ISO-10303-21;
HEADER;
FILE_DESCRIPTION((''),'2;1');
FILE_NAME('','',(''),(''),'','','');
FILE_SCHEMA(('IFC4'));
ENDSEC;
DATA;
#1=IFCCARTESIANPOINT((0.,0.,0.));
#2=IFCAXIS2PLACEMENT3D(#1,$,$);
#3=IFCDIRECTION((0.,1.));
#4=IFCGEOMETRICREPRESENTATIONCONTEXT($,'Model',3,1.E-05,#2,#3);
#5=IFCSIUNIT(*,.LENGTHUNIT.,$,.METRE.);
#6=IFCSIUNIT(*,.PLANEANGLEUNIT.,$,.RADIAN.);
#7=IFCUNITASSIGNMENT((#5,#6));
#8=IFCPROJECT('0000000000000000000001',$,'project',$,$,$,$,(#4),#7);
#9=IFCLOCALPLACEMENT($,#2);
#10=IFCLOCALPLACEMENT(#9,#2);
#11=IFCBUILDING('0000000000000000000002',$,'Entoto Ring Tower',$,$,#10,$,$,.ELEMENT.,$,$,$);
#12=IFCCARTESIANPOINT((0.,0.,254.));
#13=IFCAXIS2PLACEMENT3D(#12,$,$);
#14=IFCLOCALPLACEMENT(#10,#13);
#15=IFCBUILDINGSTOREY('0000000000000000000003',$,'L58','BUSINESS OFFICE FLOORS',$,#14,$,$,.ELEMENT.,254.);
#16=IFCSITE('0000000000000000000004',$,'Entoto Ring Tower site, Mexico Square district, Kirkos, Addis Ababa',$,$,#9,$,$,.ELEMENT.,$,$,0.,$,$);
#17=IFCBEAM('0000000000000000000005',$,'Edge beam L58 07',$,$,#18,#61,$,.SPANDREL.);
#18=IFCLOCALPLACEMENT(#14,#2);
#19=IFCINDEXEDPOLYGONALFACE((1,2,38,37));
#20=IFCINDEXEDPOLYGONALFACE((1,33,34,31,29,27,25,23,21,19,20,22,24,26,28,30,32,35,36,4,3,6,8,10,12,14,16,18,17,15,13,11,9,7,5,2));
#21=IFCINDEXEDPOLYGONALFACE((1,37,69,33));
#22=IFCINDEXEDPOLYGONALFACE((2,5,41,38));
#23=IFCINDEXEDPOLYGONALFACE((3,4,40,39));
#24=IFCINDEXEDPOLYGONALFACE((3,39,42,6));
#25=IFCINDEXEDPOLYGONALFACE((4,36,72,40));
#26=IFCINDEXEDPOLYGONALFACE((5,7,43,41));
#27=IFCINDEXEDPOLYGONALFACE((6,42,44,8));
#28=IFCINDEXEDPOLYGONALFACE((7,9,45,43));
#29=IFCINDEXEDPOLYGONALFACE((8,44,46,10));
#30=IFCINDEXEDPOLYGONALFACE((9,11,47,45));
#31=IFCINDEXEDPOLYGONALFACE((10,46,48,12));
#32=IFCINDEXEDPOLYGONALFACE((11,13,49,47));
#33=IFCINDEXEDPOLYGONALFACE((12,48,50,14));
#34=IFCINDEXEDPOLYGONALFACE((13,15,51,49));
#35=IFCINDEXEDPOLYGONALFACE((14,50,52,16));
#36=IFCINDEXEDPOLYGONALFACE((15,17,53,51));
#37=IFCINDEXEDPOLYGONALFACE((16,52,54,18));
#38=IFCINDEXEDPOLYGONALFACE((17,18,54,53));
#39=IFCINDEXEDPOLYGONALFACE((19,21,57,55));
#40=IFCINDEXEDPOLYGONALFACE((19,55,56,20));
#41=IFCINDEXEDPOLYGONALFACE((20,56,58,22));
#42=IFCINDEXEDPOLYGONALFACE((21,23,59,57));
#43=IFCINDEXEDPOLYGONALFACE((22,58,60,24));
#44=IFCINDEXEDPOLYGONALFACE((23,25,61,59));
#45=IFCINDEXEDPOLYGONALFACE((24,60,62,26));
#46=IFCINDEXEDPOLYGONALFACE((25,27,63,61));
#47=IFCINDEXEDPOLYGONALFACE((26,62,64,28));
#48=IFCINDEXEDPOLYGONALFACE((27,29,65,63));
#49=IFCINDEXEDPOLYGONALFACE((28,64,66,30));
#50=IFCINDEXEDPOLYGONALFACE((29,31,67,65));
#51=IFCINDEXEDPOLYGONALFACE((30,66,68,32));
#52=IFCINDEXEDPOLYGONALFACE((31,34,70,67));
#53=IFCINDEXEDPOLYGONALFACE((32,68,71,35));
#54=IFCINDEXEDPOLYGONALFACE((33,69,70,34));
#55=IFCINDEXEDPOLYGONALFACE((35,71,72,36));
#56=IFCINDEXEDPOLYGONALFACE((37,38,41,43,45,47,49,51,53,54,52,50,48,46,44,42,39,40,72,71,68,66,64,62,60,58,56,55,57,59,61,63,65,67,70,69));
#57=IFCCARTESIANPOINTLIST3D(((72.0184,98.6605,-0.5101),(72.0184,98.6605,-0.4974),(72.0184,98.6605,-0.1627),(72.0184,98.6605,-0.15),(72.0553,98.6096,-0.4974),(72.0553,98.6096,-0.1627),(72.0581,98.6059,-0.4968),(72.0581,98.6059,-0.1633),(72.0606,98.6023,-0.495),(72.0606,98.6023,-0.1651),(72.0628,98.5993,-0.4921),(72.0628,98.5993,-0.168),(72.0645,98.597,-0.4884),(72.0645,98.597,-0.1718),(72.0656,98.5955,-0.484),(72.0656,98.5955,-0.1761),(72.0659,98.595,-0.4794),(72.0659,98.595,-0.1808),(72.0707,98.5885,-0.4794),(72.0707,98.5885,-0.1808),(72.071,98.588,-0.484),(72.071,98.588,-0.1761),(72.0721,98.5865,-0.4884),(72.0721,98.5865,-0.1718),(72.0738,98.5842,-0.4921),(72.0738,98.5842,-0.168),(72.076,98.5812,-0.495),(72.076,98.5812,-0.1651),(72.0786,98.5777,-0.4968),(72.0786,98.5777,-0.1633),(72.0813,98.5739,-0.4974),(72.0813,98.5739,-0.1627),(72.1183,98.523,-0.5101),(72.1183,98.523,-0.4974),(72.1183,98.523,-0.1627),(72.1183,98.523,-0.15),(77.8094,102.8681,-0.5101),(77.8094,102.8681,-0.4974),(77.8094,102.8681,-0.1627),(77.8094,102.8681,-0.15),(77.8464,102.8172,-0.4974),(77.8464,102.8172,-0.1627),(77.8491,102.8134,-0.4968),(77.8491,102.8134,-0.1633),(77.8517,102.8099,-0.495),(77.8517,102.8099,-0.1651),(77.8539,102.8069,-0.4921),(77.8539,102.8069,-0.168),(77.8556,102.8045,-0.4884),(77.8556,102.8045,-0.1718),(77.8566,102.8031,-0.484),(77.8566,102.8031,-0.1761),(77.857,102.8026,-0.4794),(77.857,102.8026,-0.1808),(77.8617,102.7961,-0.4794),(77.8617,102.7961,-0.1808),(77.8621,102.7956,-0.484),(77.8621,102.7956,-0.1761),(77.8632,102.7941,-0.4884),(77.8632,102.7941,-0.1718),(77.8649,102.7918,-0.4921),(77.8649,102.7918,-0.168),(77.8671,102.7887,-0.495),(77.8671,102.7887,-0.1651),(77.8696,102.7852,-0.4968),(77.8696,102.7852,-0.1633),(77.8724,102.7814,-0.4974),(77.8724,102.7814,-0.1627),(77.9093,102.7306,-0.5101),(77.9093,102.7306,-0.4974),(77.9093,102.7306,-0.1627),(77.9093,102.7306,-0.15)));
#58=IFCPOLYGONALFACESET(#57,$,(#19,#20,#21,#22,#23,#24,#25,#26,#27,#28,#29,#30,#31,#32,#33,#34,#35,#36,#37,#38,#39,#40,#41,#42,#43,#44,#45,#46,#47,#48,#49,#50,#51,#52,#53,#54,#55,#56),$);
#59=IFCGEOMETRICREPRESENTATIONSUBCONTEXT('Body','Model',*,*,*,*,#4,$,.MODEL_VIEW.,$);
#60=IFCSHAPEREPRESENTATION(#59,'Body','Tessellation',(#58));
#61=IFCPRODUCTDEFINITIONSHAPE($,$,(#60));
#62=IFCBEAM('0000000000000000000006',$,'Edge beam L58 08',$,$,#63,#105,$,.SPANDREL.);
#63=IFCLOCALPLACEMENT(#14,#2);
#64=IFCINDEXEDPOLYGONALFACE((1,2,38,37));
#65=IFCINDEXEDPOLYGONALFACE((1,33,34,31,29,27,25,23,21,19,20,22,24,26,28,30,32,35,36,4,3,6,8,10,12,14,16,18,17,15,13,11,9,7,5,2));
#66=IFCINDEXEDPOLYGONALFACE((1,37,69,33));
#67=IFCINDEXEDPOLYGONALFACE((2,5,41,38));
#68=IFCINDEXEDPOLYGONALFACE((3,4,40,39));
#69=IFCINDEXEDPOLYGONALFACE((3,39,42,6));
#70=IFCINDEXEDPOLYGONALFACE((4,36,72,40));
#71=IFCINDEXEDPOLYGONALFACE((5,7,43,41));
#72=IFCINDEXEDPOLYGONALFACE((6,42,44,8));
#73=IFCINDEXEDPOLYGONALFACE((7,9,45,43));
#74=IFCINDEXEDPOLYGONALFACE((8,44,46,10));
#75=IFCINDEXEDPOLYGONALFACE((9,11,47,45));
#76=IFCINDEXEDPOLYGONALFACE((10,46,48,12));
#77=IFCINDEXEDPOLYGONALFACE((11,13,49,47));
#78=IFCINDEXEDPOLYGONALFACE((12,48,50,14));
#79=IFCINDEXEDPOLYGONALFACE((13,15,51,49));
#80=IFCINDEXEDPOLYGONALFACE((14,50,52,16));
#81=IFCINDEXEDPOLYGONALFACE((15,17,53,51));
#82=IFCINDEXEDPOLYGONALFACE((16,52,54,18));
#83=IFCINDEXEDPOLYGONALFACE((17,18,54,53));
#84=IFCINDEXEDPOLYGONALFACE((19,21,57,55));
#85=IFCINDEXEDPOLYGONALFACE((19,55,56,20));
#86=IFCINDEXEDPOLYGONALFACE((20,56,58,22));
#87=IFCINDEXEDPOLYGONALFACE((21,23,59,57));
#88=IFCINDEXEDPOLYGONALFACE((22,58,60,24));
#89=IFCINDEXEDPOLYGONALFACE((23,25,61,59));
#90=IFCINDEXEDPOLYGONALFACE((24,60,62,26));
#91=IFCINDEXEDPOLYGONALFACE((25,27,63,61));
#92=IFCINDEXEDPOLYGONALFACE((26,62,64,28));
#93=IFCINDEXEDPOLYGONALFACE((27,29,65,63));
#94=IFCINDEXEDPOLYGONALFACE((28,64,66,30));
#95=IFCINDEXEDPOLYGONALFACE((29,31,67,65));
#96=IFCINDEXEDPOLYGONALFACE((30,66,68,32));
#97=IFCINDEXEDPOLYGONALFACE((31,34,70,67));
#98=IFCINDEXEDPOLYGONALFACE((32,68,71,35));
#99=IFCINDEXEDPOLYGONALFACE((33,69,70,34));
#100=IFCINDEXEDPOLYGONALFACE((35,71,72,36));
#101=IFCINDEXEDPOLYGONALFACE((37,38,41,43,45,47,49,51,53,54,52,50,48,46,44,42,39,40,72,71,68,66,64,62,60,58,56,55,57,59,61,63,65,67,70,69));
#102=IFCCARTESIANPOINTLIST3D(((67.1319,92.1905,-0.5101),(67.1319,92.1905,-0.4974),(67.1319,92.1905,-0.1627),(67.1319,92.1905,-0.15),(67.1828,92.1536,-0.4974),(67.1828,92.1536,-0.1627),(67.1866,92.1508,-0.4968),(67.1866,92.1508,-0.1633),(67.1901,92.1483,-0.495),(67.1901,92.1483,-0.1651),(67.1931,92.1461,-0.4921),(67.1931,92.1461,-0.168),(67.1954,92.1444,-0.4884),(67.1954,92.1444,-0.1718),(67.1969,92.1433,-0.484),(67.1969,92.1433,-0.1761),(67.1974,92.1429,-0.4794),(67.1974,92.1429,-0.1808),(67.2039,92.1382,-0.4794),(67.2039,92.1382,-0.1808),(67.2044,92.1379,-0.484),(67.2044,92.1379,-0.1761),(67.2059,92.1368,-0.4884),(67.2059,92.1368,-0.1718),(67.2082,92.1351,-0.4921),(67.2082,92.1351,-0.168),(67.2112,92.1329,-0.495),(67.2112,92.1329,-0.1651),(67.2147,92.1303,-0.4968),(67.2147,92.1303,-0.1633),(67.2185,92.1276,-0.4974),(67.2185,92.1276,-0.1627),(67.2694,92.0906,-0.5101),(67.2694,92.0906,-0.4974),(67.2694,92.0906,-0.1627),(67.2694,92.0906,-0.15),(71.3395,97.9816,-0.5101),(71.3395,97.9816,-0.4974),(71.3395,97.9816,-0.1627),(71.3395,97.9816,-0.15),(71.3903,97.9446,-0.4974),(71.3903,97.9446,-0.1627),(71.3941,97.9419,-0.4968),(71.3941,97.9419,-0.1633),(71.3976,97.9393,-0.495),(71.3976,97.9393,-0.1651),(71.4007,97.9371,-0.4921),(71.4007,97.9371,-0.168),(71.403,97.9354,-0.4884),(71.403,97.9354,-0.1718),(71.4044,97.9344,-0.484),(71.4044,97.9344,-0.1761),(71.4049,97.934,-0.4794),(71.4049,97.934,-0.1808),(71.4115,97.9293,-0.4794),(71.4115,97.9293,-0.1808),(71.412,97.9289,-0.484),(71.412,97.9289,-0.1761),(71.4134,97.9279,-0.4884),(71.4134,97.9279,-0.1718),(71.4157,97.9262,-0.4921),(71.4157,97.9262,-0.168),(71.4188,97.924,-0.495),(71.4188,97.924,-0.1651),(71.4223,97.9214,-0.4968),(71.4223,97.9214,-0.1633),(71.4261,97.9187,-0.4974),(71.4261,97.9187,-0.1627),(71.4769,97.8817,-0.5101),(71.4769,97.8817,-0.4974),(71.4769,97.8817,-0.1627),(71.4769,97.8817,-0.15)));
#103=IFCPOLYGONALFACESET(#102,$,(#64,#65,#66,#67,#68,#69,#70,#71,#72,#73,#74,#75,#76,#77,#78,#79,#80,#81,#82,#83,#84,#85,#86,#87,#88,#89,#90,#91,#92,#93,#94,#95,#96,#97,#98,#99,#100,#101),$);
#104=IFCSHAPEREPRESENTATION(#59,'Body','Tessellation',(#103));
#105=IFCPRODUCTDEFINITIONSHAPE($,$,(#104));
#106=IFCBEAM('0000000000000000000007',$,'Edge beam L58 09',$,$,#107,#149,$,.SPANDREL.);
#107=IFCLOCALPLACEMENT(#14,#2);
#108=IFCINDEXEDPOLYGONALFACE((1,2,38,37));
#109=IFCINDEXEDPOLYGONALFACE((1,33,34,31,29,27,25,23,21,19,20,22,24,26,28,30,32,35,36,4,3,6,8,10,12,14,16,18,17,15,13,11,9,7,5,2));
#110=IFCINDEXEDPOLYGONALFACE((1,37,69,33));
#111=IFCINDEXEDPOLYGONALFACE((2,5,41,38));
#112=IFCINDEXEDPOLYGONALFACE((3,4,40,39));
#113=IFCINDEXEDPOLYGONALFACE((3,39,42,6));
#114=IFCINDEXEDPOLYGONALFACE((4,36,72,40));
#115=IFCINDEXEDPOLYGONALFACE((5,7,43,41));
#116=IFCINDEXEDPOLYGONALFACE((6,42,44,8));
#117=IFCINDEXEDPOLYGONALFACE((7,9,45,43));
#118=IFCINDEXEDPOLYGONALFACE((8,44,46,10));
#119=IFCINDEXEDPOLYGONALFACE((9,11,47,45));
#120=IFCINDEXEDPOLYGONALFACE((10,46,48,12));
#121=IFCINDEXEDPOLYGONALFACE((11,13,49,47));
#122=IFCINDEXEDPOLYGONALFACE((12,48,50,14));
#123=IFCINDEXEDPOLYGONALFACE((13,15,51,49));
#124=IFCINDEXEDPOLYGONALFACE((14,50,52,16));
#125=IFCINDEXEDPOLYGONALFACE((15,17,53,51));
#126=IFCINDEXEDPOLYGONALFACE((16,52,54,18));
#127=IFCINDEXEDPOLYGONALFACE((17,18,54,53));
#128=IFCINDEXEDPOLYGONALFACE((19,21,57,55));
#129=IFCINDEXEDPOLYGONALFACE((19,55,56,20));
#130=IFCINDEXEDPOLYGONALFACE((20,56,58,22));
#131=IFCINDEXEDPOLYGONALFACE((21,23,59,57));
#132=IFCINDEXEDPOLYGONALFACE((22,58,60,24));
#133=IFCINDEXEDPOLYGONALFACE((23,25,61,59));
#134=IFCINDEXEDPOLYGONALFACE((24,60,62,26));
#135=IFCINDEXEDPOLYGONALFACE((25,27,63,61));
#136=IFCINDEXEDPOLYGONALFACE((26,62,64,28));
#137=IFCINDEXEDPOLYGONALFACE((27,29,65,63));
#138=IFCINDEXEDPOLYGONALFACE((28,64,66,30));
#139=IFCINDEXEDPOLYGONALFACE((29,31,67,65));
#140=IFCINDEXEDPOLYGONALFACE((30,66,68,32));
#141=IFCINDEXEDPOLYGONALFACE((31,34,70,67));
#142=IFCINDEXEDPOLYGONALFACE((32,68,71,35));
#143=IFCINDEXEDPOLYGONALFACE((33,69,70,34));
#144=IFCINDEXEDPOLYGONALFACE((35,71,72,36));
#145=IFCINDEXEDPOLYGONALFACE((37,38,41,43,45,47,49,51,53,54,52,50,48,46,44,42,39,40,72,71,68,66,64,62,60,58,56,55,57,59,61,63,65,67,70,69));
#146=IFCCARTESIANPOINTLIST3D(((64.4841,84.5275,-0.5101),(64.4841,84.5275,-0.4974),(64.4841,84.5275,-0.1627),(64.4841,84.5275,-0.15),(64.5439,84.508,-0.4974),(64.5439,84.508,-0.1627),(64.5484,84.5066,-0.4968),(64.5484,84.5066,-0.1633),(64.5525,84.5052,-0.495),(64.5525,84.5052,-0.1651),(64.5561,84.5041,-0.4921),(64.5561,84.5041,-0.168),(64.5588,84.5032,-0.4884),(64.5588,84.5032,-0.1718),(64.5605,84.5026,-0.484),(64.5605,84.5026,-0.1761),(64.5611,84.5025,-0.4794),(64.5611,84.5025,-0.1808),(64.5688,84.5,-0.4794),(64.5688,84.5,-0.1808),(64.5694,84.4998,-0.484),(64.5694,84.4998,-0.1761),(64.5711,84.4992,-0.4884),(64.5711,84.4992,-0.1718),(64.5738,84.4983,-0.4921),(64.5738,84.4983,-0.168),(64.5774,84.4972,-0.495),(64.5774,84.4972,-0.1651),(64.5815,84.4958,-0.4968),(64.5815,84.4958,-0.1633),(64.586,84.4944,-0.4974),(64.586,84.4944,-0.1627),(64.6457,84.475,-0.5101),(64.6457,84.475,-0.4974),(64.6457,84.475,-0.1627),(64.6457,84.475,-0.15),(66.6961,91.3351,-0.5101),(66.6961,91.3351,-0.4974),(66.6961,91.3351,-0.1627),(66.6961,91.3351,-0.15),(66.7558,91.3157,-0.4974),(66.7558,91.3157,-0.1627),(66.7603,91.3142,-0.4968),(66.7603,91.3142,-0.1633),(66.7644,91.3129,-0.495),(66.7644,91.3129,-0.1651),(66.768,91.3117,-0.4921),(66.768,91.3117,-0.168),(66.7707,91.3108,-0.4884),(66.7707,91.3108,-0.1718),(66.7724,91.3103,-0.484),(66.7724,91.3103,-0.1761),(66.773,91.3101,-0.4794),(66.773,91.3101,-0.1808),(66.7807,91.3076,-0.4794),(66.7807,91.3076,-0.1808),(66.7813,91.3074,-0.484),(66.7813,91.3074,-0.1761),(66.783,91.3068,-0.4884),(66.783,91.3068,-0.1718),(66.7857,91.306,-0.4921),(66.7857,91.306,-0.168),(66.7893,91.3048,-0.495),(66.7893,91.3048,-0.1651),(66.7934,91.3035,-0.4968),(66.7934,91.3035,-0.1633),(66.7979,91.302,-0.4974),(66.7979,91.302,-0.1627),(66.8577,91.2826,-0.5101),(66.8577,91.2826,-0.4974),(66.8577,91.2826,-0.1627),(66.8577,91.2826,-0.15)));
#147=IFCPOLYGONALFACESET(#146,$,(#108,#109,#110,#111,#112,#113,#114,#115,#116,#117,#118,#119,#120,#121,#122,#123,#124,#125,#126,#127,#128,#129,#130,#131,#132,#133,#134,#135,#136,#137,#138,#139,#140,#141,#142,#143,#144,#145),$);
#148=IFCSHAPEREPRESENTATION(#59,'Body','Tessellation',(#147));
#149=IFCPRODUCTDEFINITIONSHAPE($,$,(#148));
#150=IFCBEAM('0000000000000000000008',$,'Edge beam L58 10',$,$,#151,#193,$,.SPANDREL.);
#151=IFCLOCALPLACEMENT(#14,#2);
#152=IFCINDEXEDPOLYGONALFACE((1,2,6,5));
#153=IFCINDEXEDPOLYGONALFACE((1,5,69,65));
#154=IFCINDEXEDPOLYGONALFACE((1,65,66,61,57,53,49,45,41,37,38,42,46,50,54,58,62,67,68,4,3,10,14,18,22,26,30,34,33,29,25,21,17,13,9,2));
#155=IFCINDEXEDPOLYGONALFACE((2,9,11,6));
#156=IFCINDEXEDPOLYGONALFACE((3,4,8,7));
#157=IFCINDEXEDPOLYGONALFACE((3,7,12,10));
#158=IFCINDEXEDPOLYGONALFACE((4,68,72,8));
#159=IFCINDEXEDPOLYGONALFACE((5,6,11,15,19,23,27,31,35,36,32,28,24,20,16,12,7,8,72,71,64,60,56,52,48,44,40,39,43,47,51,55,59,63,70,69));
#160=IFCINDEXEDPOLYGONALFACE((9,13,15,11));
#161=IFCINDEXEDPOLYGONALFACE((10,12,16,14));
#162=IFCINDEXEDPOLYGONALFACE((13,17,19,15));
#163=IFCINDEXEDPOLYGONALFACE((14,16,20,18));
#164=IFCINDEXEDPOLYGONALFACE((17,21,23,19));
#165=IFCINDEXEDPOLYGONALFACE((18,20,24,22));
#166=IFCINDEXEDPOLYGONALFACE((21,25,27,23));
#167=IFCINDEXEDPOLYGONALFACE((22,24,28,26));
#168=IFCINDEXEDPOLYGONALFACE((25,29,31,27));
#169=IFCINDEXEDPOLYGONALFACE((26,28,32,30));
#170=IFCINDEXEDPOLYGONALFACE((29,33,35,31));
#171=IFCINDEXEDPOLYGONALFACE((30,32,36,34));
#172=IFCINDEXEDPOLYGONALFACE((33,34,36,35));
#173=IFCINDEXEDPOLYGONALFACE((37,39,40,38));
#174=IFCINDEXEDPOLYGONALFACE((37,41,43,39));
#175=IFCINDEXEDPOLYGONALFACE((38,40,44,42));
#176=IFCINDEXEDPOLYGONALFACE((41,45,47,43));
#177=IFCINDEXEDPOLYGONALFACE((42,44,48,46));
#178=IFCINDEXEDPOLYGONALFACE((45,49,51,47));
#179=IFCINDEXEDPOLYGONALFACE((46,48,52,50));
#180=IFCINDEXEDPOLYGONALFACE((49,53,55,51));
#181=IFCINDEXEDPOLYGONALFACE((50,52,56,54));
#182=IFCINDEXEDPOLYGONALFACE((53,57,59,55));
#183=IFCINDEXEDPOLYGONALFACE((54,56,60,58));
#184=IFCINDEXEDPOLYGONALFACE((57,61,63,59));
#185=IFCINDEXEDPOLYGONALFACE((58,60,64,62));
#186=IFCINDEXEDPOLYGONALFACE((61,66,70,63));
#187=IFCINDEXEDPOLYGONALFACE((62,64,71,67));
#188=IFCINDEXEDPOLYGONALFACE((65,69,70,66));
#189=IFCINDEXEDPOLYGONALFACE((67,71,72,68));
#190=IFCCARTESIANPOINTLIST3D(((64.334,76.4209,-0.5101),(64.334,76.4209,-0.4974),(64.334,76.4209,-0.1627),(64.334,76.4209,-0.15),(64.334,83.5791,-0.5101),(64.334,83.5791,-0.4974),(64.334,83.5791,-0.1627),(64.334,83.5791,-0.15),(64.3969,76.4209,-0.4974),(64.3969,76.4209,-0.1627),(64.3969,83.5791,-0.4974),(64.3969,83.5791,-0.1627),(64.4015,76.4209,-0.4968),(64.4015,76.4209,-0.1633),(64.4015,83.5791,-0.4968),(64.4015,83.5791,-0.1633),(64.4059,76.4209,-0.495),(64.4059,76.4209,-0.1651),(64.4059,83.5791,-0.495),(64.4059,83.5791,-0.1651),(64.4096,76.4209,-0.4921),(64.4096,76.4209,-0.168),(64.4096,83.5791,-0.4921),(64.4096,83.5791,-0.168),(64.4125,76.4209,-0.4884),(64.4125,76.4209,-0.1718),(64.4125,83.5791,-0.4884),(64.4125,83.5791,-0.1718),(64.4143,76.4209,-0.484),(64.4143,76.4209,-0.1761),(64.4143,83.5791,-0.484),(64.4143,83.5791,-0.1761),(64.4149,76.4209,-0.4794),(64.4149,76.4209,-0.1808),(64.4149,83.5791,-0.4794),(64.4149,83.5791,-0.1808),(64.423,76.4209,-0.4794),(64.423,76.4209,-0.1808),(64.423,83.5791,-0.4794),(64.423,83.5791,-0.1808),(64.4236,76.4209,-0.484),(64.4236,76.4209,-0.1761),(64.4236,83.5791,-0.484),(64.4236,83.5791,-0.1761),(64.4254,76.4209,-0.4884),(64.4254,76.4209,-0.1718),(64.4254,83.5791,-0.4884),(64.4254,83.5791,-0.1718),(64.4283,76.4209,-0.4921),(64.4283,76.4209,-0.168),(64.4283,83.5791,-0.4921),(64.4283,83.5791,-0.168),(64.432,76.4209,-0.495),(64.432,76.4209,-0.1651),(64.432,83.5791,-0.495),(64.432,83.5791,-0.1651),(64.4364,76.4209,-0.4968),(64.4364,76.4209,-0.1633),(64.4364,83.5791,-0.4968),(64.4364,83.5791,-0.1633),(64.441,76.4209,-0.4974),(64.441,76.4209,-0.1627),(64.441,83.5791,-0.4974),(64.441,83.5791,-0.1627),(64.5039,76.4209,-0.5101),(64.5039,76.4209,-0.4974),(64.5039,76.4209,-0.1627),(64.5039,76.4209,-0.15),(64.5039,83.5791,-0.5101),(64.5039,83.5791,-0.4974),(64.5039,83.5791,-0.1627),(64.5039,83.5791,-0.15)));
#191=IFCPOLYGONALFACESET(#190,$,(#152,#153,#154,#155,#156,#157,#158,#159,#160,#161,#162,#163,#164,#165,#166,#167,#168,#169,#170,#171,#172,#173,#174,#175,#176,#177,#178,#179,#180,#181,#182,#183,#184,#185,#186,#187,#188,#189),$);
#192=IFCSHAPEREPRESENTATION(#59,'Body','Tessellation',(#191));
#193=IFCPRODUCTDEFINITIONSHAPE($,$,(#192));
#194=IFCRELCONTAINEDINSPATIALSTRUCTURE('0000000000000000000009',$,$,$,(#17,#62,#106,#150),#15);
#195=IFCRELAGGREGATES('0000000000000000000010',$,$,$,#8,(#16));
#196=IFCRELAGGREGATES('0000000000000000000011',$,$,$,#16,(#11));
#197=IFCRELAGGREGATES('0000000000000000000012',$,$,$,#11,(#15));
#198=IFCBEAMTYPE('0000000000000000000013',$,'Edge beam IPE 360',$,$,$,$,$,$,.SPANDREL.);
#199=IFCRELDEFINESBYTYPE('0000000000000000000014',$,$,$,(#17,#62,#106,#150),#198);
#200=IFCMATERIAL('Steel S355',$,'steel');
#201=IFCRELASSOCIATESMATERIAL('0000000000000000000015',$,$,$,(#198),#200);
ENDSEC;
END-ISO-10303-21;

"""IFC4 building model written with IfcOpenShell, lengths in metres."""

from ifc_helpers import new_model, si_unit, direction, frame, origin, origin_2d, place, context, subcontext, project, spatial, i_section, extrude, material, material_profile, profile_set, type_object, element, save


model = new_model("IFC4")

# Units and contexts
model_context = context("Model", 3, precision=1e-05, world=origin(), true_north=direction((0.0, 1.0)))
body_context = subcontext(model_context, "Body", "Model", "MODEL_VIEW")
ifc_project = project(units=[si_unit("LENGTHUNIT", "METRE"), si_unit("PLANEANGLEUNIT", "RADIAN")], contexts=[model_context])

# Site, building, storey
site_placement = place(None, origin())
site = spatial("IfcSite", under=ifc_project, at=site_placement, Name="Entoto Ring Tower site, Mexico Square district, Kirkos, Addis Ababa", CompositionType="ELEMENT", RefElevation=0.0)
building_placement = place(site_placement, origin())
building = spatial("IfcBuilding", under=site, at=building_placement, Name="Entoto Ring Tower", CompositionType="ELEMENT")
storey_placement = place(building_placement, frame((0.0, 0.0, 254.0)))
storey = spatial("IfcBuildingStorey", under=building, at=storey_placement, Name="L58", Description="BUSINESS OFFICE FLOORS", CompositionType="ELEMENT", Elevation=254.0)

# Beams
ifc_material_1 = material(Name="Steel S355", Category="steel")
ifc_material_profile_1 = material_profile(ifc_material_1, i_section(OverallWidth=0.1699, OverallDepth=0.3601, WebThickness=0.0081, FlangeThickness=0.0127, FilletRadius=0.0181, at=origin_2d()), Name="IPE 360")
ifc_profile_set_1 = profile_set([ifc_material_profile_1], Name="Steel S355")
beam_type_1 = type_object("IfcBeamType", Name="Edge beam IPE 360", PredefinedType="SPANDREL", material=ifc_profile_set_1)
for number, where, z_axis, x_axis, name in (
    (1, (77.8594, 102.7993, -0.3301), (-0.80901, -0.587794, 0.0), (0.587794, -0.80901, 0.0), "Edge beam L58 07"),
    (2, (71.4082, 97.9316, -0.3301), (-0.587794, -0.80901, 0.0), (0.80901, -0.587794, 0.0), "Edge beam L58 08"),
):
    element("IfcBeam", number, at=place(storey_placement, frame(where, z_axis=z_axis, x_axis=x_axis)), inside=storey, type_object=beam_type_1, Name=name, PredefinedType="SPANDREL", context=body_context, shape_type="SweptSolid", body=[
        extrude(i_section(OverallWidth=0.1699, OverallDepth=0.3601, WebThickness=0.0081, FlangeThickness=0.0127, FilletRadius=0.0181, at=origin_2d()), origin(), (0.0, 0.0, 1.0), 7.1582),
    ])
beam_1_placement = place(storey_placement, frame((66.7769, 91.3088, -0.3301), z_axis=(-0.309015, -0.951057, 0.0), x_axis=(0.951057, -0.309015, 0.0)))
element("IfcBeam", 3, at=beam_1_placement, inside=storey, type_object=beam_type_1, Name="Edge beam L58 09", PredefinedType="SPANDREL", context=body_context, shape_type="SweptSolid", body=[
    extrude(i_section(OverallWidth=0.1699, OverallDepth=0.3601, WebThickness=0.0081, FlangeThickness=0.0127, FilletRadius=0.0181, at=origin_2d()), origin(), (0.0, 0.0, 1.0), 7.158),
])
beam_2_placement = place(storey_placement, frame((64.4189, 83.5791, -0.3301), z_axis=(0.0, -1.0, 0.0), x_axis=(1.0, 0.0, 0.0)))
element("IfcBeam", 4, at=beam_2_placement, inside=storey, type_object=beam_type_1, Name="Edge beam L58 10", PredefinedType="SPANDREL", context=body_context, shape_type="SweptSolid", body=[
    extrude(i_section(OverallWidth=0.1699, OverallDepth=0.3601, WebThickness=0.0081, FlangeThickness=0.0127, FilletRadius=0.0181, at=origin_2d()), origin(), (0.0, 0.0, 1.0), 7.1582),
])

save(model, "model.ifc")
